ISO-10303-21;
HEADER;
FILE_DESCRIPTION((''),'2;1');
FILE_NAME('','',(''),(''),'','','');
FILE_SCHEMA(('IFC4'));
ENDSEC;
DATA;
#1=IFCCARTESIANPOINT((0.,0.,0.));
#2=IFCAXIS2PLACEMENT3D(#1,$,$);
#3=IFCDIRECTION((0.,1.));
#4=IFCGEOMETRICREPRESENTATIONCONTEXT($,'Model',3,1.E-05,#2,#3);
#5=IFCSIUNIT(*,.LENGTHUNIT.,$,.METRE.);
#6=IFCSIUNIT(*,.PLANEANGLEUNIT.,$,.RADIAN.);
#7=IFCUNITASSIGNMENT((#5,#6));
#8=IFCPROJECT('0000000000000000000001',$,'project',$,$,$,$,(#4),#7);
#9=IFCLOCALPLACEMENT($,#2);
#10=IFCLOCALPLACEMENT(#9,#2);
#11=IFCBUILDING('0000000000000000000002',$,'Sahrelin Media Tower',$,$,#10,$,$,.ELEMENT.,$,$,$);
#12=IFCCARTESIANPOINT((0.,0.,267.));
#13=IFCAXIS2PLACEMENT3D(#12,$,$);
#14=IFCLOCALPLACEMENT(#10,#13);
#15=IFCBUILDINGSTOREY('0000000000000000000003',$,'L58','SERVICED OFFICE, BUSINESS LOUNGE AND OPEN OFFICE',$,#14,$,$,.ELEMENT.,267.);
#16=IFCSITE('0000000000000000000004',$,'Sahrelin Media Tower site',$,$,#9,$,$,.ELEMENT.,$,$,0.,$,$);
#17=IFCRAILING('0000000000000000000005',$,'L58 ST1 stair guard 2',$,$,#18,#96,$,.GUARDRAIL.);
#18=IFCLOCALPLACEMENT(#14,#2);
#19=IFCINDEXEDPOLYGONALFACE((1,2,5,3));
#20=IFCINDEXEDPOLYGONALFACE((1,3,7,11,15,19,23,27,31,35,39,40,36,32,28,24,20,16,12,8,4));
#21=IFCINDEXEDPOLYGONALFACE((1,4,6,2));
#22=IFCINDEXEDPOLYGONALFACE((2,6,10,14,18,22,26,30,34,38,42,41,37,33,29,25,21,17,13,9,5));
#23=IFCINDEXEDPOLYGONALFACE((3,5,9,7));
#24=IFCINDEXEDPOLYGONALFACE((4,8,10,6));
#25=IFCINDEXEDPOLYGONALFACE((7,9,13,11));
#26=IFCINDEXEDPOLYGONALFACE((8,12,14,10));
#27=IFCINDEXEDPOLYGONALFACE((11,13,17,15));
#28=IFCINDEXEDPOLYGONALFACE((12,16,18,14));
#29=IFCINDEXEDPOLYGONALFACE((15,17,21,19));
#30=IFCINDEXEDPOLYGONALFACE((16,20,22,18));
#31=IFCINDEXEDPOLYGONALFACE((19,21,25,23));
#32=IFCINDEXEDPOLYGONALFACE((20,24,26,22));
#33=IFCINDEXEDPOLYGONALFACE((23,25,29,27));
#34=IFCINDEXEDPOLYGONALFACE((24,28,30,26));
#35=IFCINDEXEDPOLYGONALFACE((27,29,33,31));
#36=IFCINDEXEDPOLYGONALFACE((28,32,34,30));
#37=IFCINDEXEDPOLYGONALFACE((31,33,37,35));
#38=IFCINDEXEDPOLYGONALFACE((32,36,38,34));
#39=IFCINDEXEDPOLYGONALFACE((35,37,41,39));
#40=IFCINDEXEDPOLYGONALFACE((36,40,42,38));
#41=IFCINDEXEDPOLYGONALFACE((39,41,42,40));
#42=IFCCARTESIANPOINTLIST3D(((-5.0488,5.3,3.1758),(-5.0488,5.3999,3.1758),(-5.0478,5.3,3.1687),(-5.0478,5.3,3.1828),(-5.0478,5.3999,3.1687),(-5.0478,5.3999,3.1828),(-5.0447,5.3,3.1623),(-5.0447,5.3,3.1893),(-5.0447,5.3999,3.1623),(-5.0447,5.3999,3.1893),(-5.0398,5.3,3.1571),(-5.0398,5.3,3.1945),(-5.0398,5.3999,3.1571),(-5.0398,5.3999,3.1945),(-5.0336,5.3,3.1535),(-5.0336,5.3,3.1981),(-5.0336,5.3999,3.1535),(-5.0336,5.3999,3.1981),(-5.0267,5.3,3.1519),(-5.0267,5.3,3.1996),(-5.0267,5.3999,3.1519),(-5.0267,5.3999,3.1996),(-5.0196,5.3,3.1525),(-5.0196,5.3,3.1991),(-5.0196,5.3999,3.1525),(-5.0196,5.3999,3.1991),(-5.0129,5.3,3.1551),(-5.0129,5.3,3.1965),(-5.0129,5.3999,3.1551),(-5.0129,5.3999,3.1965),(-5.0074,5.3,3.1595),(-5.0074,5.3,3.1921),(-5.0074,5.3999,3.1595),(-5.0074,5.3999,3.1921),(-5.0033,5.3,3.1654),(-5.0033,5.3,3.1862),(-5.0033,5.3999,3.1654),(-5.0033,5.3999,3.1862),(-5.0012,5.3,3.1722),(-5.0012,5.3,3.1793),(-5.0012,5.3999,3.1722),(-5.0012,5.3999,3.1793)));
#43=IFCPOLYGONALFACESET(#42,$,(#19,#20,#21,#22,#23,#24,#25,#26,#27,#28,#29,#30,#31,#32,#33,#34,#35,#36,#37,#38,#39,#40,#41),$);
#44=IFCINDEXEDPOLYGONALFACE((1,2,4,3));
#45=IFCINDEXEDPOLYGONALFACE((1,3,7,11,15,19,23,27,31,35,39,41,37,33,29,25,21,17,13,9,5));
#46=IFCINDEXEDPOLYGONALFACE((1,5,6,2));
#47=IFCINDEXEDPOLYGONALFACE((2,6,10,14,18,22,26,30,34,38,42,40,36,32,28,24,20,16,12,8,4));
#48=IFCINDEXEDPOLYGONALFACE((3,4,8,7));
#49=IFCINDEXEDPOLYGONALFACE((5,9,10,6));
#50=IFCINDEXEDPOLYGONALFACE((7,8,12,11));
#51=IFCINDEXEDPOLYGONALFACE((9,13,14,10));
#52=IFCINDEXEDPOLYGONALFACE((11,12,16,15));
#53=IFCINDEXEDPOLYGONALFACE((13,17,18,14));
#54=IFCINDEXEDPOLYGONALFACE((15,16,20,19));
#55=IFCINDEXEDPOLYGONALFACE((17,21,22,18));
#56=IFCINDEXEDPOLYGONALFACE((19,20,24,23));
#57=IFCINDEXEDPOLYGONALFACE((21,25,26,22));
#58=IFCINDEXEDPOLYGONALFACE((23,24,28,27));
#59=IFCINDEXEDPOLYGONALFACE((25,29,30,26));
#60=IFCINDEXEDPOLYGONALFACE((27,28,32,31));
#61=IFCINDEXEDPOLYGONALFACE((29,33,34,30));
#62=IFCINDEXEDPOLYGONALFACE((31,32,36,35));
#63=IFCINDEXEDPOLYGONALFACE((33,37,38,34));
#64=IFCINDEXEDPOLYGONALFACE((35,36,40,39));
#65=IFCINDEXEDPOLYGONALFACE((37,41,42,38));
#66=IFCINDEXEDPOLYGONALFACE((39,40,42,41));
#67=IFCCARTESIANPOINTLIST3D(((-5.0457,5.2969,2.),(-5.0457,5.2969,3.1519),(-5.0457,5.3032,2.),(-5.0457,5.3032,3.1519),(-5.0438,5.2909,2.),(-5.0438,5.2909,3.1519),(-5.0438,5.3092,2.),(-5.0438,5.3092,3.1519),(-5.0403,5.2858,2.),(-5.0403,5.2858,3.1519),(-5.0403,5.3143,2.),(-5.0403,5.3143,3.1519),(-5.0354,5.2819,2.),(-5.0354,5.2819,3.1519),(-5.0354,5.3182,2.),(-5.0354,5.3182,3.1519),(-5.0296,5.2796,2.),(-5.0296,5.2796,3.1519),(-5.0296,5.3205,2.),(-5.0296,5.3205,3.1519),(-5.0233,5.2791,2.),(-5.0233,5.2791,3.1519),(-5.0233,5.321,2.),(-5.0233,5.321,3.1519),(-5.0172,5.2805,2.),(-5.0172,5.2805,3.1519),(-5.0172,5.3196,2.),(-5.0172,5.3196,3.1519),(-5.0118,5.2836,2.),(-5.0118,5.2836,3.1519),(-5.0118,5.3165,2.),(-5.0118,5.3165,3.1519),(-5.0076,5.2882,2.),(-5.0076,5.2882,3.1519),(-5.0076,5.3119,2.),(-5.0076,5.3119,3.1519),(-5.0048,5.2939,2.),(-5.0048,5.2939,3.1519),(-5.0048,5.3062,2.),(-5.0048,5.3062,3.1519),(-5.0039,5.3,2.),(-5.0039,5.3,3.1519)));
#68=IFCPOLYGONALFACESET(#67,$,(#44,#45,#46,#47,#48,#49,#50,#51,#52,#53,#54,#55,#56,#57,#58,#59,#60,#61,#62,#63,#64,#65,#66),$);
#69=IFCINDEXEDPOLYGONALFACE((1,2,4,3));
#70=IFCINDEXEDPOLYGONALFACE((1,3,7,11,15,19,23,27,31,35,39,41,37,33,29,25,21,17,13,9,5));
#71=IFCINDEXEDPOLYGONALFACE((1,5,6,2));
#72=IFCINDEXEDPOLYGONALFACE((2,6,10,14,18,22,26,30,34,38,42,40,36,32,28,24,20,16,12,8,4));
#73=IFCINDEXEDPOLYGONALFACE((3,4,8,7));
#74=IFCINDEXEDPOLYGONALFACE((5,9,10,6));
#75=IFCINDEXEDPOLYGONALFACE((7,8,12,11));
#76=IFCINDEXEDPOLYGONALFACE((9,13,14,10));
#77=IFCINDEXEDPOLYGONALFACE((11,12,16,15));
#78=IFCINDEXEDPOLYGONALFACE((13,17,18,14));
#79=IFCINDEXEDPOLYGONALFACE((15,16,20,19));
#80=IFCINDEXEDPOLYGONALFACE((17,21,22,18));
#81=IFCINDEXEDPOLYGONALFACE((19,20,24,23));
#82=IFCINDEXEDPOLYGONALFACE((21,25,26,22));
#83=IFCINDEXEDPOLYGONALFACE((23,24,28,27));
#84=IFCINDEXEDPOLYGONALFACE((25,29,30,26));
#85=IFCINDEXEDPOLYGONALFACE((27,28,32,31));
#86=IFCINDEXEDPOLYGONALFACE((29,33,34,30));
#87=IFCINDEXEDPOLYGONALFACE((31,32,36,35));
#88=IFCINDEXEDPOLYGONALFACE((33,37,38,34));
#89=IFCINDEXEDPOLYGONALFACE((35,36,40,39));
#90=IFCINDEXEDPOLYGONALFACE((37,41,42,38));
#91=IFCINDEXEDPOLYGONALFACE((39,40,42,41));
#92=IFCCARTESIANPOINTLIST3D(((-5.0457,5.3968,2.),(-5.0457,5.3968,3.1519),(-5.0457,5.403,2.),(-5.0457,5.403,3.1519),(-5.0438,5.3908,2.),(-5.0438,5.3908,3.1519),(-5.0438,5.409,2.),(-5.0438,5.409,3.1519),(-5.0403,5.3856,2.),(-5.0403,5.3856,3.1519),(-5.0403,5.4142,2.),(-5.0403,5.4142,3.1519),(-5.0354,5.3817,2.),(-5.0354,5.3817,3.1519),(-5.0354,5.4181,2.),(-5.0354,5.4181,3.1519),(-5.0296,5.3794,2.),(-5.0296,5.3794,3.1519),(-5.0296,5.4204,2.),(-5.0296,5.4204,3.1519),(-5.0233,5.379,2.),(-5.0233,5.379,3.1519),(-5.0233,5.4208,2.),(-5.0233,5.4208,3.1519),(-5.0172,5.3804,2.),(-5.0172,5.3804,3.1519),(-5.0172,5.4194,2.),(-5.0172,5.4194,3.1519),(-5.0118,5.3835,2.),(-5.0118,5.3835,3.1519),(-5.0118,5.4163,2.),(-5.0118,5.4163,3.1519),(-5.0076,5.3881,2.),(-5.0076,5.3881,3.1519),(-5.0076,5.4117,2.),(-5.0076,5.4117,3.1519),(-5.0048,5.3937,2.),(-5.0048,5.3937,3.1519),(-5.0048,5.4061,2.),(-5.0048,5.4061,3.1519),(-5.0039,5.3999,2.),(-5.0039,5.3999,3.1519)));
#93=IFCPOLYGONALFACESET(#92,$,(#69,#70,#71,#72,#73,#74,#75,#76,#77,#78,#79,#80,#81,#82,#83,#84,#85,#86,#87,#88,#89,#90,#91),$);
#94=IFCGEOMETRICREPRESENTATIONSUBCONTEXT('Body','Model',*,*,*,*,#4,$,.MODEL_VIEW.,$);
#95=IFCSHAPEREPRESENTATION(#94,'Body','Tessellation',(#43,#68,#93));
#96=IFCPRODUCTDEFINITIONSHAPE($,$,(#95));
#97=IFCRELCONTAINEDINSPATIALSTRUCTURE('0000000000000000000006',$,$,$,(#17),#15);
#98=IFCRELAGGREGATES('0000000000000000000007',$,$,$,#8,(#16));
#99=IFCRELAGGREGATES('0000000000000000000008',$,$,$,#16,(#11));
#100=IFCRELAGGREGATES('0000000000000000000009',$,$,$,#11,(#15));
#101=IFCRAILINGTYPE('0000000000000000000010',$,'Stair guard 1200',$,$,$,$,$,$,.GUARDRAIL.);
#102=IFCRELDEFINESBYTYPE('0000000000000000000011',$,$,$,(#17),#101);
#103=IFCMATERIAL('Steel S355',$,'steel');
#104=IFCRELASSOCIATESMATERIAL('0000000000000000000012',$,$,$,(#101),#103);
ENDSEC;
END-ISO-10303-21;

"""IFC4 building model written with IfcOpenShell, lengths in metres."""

from ifc_helpers import new_model, si_unit, direction, frame, origin, origin_2d, place, context, subcontext, project, spatial, circle, extrude, material, type_object, element, save


model = new_model("IFC4")

# Units and contexts
model_context = context("Model", 3, precision=1e-05, world=origin(), true_north=direction((0.0, 1.0)))
body_context = subcontext(model_context, "Body", "Model", "MODEL_VIEW")
ifc_project = project(units=[si_unit("LENGTHUNIT", "METRE"), si_unit("PLANEANGLEUNIT", "RADIAN")], contexts=[model_context])

# Site, building, storey
site_placement = place(None, origin())
site = spatial("IfcSite", under=ifc_project, at=site_placement, Name="Sahrelin Media Tower site", CompositionType="ELEMENT", RefElevation=0.0)
building_placement = place(site_placement, origin())
building = spatial("IfcBuilding", under=site, at=building_placement, Name="Sahrelin Media Tower", CompositionType="ELEMENT")
storey_placement = place(building_placement, frame((0.0, 0.0, 267.0)))
storey = spatial("IfcBuildingStorey", under=building, at=storey_placement, Name="L58", Description="SERVICED OFFICE, BUSINESS LOUNGE AND OPEN OFFICE", CompositionType="ELEMENT", Elevation=267.0)

# Shared definitions
ifc_material_1 = material(Name="Steel S355", Category="steel")

# Railing
railing_type_1 = type_object("IfcRailingType", Name="Stair guard 1200", PredefinedType="GUARDRAIL", material=ifc_material_1)
railing_1_placement = place(storey_placement, frame((-5.0249, 5.3, 2.0)))
element("IfcRailing", 1, at=railing_1_placement, inside=storey, type_object=railing_type_1, Name="L58 ST1 stair guard 2", PredefinedType="GUARDRAIL", context=body_context, shape_type="SweptSolid", body=[
    extrude(circle(Radius=0.0239, at=origin_2d()), frame((0.0, 0.0, 1.1758), z_axis=(0.0, 1.0, 0.0), x_axis=(-1.0, 0.0, 0.0)), (0.0, 0.0, 1.0), 0.0999),
    extrude(circle(Radius=0.021, at=origin_2d()), origin(), (0.0, 0.0, 1.0), 1.1519),
    extrude(circle(Radius=0.021, at=origin_2d()), frame((0.0, 0.0999, 0.0)), (0.0, 0.0, 1.0), 1.1519),
])

save(model, "model.ifc")
